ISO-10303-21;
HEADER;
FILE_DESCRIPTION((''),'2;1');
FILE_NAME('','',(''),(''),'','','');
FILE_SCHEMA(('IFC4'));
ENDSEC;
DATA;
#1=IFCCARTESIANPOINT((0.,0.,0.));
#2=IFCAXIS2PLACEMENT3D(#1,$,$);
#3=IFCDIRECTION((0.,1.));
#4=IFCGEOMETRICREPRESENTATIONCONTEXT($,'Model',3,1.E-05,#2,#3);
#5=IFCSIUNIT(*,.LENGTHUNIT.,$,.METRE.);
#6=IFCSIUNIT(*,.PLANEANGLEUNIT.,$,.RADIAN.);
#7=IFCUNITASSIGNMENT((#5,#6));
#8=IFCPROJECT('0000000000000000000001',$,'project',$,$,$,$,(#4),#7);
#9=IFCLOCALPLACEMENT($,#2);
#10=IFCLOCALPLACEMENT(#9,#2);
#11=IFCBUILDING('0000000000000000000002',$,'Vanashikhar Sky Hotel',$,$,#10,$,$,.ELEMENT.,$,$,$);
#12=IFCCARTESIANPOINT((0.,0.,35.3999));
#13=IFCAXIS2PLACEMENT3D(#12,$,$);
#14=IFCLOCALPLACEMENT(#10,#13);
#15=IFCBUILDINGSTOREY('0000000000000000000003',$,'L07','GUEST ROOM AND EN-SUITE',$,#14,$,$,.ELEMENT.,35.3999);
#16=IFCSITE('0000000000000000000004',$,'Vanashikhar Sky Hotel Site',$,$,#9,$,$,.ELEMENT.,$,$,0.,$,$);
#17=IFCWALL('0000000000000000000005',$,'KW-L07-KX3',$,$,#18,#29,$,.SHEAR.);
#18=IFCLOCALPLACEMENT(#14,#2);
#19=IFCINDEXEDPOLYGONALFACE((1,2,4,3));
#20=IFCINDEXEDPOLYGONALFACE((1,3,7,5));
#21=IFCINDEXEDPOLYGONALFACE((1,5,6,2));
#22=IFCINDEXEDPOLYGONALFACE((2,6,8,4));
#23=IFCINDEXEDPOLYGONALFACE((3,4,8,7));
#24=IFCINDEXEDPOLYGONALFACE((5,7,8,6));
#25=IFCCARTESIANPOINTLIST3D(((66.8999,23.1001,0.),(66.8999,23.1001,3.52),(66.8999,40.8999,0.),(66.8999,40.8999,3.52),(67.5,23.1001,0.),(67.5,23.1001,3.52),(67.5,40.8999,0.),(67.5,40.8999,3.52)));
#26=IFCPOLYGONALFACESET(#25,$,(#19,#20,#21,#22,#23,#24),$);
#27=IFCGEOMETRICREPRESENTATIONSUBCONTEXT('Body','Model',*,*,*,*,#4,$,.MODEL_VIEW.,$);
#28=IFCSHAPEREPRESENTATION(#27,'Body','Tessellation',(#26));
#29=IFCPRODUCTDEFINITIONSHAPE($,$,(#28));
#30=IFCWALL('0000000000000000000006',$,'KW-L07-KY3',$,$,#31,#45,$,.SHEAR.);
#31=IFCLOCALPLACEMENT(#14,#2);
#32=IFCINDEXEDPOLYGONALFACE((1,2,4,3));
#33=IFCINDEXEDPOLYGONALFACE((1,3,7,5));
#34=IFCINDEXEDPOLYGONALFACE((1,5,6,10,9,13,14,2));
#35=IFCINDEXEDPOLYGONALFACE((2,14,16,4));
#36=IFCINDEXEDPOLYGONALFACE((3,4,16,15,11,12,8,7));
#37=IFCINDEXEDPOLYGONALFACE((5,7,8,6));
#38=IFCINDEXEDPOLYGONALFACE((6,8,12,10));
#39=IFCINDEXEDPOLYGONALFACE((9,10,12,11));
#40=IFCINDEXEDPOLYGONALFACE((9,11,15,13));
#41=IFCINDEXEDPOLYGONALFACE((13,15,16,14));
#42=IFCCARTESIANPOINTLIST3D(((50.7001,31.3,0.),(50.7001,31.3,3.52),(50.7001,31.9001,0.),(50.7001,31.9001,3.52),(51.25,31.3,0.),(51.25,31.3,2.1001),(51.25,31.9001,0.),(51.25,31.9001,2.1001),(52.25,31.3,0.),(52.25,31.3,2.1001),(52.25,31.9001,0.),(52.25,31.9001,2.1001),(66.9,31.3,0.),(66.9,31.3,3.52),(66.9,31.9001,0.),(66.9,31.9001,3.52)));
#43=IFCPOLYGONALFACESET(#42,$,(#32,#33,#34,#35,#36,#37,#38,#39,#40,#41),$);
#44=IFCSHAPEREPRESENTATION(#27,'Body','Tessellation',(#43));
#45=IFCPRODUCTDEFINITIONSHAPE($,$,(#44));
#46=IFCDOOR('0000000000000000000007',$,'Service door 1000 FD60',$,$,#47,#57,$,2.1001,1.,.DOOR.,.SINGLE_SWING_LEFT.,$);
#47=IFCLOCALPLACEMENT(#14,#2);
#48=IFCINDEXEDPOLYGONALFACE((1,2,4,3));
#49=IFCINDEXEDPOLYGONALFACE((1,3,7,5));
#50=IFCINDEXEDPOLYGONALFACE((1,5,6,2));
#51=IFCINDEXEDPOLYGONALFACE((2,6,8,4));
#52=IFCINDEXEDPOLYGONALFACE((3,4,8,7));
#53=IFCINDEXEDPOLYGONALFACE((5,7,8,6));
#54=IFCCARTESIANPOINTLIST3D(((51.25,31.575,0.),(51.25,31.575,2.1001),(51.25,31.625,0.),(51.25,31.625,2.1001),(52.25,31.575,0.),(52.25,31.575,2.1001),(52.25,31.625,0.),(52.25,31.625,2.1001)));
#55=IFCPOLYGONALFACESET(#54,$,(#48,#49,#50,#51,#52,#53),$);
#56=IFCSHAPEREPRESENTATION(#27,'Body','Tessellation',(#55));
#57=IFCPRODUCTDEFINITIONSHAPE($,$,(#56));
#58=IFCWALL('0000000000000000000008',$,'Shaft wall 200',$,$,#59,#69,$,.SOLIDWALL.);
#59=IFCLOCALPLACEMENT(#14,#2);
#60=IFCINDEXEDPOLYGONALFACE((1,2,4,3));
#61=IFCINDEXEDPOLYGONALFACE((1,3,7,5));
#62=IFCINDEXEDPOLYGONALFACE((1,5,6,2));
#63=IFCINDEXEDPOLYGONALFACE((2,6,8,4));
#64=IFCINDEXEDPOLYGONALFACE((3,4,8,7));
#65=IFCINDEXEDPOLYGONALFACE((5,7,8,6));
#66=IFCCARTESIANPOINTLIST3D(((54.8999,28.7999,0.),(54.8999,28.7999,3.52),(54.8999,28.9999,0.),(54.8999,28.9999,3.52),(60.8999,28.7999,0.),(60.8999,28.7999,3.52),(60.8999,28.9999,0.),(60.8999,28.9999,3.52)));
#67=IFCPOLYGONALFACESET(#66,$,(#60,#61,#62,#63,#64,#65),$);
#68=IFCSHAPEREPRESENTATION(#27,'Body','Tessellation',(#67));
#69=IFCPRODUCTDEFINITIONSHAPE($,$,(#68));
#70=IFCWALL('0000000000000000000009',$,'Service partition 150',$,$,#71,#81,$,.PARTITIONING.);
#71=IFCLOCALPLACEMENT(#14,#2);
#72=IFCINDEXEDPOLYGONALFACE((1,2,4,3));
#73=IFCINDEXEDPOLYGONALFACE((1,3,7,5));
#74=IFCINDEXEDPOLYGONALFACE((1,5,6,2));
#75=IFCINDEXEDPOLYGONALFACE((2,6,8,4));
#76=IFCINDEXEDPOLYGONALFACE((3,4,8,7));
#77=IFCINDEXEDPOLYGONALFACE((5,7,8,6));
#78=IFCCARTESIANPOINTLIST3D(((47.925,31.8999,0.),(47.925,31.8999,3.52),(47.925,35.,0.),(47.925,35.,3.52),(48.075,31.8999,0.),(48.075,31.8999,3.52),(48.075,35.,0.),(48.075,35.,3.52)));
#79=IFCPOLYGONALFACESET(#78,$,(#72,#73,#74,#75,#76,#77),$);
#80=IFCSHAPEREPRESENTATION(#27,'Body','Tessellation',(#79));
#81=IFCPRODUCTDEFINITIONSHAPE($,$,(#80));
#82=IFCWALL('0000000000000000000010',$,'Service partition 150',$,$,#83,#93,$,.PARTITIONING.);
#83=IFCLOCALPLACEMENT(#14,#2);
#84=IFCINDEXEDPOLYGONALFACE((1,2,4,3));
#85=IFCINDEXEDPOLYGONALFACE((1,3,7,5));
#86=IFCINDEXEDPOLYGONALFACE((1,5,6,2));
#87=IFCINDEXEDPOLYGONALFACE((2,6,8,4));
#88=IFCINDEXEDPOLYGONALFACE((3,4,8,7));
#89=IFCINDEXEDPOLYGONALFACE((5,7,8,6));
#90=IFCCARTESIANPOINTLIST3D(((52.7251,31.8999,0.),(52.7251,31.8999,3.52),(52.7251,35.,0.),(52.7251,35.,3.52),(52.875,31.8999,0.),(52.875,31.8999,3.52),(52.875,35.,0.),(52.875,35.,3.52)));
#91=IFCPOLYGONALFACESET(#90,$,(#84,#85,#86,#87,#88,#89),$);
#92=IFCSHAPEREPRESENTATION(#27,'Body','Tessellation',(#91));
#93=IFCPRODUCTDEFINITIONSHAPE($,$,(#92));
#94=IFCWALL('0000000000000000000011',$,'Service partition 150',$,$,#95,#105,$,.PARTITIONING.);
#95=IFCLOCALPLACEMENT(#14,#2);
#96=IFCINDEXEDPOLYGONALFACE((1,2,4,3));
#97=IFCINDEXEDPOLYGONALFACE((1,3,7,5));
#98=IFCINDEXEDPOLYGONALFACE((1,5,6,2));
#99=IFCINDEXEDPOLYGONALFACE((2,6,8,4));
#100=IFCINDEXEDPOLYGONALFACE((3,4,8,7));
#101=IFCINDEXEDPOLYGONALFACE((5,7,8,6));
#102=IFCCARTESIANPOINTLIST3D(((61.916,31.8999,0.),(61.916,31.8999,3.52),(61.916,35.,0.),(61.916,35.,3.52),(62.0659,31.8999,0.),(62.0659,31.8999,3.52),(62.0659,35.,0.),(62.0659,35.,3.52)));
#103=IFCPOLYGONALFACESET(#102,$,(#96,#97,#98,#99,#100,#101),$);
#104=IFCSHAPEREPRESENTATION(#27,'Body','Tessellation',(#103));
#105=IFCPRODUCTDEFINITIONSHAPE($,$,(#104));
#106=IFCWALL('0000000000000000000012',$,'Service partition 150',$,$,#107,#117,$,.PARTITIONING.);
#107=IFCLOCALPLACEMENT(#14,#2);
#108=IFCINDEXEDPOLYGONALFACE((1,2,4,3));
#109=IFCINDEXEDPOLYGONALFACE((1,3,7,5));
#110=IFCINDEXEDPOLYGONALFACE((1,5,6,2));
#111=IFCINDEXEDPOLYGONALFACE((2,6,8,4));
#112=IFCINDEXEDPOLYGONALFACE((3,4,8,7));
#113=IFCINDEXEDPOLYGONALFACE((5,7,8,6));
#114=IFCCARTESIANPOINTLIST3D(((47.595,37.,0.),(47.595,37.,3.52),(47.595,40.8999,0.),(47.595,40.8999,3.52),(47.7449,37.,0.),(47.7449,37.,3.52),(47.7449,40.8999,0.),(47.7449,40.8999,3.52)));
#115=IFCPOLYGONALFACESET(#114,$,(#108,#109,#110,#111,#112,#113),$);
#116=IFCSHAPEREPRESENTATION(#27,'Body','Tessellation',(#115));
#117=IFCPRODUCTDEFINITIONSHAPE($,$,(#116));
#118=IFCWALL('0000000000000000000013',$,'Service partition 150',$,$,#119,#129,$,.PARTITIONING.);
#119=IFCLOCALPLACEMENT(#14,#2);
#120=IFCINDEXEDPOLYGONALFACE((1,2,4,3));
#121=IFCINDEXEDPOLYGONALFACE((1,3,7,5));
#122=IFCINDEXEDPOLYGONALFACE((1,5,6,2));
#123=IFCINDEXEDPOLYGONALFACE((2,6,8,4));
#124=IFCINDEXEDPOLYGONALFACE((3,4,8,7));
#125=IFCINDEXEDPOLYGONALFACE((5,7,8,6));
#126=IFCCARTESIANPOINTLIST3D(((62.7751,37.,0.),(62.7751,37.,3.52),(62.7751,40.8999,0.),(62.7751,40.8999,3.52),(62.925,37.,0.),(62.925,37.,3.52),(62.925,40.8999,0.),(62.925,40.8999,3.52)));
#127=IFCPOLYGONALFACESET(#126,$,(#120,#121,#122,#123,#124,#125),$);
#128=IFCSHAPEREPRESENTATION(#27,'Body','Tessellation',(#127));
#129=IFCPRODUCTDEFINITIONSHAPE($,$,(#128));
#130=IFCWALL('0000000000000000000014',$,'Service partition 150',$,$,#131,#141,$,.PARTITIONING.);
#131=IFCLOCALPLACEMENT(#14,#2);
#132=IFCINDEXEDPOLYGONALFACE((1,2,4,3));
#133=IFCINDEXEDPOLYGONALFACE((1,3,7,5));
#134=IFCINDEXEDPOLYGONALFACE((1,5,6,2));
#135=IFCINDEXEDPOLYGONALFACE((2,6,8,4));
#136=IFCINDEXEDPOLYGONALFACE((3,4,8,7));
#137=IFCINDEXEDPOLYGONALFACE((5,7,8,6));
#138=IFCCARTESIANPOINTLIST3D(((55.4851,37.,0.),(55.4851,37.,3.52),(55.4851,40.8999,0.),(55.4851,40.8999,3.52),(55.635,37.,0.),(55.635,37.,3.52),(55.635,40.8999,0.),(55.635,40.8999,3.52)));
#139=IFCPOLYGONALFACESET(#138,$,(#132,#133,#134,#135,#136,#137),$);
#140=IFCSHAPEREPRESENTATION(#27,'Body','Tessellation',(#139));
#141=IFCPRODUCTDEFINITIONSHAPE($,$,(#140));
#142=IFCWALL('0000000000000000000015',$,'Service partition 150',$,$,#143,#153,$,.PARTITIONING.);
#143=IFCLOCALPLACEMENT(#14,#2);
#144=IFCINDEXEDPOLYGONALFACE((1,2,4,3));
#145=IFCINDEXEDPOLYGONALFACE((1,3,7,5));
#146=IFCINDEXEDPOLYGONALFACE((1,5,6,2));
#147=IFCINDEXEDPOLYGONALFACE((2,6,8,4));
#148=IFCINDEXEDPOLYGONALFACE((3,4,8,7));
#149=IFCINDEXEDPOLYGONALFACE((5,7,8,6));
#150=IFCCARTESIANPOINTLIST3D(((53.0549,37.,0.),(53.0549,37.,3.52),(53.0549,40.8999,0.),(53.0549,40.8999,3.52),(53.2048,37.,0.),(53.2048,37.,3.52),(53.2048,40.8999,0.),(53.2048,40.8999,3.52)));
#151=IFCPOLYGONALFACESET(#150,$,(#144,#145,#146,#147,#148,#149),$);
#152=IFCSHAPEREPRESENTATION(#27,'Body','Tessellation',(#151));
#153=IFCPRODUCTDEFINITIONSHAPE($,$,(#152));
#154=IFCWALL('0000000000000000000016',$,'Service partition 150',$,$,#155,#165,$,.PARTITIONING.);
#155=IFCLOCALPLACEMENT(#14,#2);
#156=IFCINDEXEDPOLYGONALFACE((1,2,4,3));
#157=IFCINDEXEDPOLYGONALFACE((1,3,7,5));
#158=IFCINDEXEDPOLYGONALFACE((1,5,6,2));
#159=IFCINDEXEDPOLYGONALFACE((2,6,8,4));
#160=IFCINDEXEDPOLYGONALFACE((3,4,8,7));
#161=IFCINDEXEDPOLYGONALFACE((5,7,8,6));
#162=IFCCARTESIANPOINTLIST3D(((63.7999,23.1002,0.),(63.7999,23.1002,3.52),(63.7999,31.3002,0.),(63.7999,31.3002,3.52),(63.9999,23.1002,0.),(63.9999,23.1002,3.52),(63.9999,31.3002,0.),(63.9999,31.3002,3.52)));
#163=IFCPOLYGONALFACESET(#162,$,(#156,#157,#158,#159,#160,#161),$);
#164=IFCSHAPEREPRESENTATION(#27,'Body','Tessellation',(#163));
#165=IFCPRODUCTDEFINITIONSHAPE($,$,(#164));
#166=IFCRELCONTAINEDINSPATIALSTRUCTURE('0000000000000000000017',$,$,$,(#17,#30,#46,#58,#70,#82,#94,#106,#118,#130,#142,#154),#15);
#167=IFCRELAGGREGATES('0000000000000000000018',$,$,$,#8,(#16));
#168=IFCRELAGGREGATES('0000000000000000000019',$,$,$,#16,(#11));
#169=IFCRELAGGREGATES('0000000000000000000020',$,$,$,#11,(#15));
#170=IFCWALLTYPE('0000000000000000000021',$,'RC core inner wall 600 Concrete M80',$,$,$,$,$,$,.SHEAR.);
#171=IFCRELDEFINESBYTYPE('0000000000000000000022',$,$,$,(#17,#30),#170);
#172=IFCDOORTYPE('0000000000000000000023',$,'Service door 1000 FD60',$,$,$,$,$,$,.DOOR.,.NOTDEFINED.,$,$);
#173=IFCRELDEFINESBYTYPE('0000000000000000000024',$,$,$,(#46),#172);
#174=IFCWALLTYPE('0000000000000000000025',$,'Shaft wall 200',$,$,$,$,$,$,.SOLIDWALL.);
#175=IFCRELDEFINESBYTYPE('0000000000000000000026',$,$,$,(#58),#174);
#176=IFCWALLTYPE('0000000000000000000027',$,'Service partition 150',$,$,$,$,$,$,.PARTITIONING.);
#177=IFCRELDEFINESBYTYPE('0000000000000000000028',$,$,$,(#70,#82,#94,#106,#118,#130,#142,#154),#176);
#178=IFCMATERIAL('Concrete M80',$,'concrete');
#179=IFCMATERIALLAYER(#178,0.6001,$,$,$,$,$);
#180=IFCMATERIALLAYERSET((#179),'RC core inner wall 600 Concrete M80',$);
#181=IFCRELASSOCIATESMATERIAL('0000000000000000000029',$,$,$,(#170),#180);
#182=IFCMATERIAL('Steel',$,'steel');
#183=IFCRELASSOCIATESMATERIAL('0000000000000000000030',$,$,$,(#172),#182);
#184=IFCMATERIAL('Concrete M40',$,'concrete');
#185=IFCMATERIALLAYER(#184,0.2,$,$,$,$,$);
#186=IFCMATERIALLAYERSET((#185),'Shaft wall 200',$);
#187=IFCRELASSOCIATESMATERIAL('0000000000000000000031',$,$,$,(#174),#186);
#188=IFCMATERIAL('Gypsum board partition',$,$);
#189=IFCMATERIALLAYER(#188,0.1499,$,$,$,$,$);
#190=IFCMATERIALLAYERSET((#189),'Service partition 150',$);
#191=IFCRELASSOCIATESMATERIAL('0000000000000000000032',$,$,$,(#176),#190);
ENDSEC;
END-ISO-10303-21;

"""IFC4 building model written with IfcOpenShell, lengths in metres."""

from ifc_helpers import new_model, si_unit, direction, frame, frame_2d, origin, place, context, subcontext, project, spatial, rectangle, extrude, source, transform, mapped, material, layer, layer_set, type_object, element, fill, save


model = new_model("IFC4")

# Units and contexts
model_context = context("Model", 3, precision=1e-05, world=origin(), true_north=direction((0.0, 1.0)))
body_context = subcontext(model_context, "Body", "Model", "MODEL_VIEW")
ifc_project = project(units=[si_unit("LENGTHUNIT", "METRE"), si_unit("PLANEANGLEUNIT", "RADIAN")], contexts=[model_context])

# Site, building, storey
site_placement = place(None, origin())
site = spatial("IfcSite", under=ifc_project, at=site_placement, Name="Vanashikhar Sky Hotel Site", CompositionType="ELEMENT", RefElevation=0.0)
building_placement = place(site_placement, origin())
building = spatial("IfcBuilding", under=site, at=building_placement, Name="Vanashikhar Sky Hotel", CompositionType="ELEMENT")
storey_placement = place(building_placement, frame((0.0, 0.0, 35.3999)))
storey = spatial("IfcBuildingStorey", under=building, at=storey_placement, Name="L07", Description="GUEST ROOM AND EN-SUITE", CompositionType="ELEMENT", Elevation=35.3999)

# Wall
ifc_material_1 = material(Name="Concrete M80", Category="concrete")
ifc_layer_1 = layer(ifc_material_1, 0.6001)
ifc_layer_set_1 = layer_set([ifc_layer_1], Name="RC core inner wall 600 Concrete M80")
wall_type_1 = type_object("IfcWallType", Name="RC core inner wall 600 Concrete M80", PredefinedType="SHEAR", material=ifc_layer_set_1)
shared_shape_1 = source(origin(), body_context, "Body", "SweptSolid", [
    extrude(rectangle(XDim=17.7998, YDim=0.6001, at=frame_2d((8.8999, 0.0))), origin(), (0.0, 0.0, 1.0), 3.52),
])
wall_1_placement = place(storey_placement, frame((67.2, 23.1001, 0.0), z_axis=(0.0, 0.0, 1.0), x_axis=(0.0, 1.0, 0.0)))
element("IfcWall", 1, at=wall_1_placement, inside=storey, type_object=wall_type_1, Name="KW-L07-KX3", PredefinedType="SHEAR", context=body_context, shape_type="MappedRepresentation", body=[
    mapped(shared_shape_1, transform((0.0, 0.0, 0.0), scale=1.0)),
])

# Wall, opening, door
shared_shape_2 = source(origin(), body_context, "Body", "SweptSolid", [
    extrude(rectangle(XDim=16.2, YDim=0.6001, at=frame_2d((8.1001, 0.0))), origin(), (0.0, 0.0, 1.0), 3.52),
])
wall_2_placement = place(storey_placement, frame((50.7, 31.6001, 0.0), z_axis=(0.0, 0.0, 1.0), x_axis=(1.0, 0.0, 0.0)))
wall_2 = element("IfcWall", 2, at=wall_2_placement, inside=storey, type_object=wall_type_1, Name="KW-L07-KY3", PredefinedType="SHEAR", context=body_context, shape_type="MappedRepresentation", body=[
    mapped(shared_shape_2, transform((0.0, 0.0, 0.0), scale=1.0)),
])
shared_shape_3 = source(origin(), body_context, "Body", "SweptSolid", [
    extrude(rectangle(XDim=1.0, YDim=2.1001, at=frame_2d((0.5, 1.05))), frame((0.0, 0.3101, 0.0), z_axis=(0.0, -1.0, 0.0), x_axis=(1.0, 0.0, 0.0)), (0.0, 0.0, 1.0), 0.6201),
])
opening_1_placement = place(wall_2_placement, frame((0.55, 0.0, 0.0)))
opening_1 = element("IfcOpeningElement", 3, at=opening_1_placement, cuts=wall_2, PredefinedType="OPENING", context=body_context, shape_type="MappedRepresentation", body=[
    mapped(shared_shape_3, transform((0.0, 0.0, 0.0), scale=1.0)),
])
ifc_material_2 = material(Name="Steel", Category="steel")
door_type_1 = type_object("IfcDoorType", Name="Service door 1000 FD60", OperationType="NOTDEFINED", PredefinedType="DOOR", material=ifc_material_2)
shared_shape_4 = source(origin(), body_context, "Body", "SweptSolid", [
    extrude(rectangle(XDim=1.0, YDim=2.1001, at=frame_2d((0.5, 1.05))), frame((0.0, 0.0249, 0.0), z_axis=(0.0, -1.0, 0.0), x_axis=(1.0, 0.0, 0.0)), (0.0, 0.0, 1.0), 0.05),
])
door_1_placement = place(opening_1_placement, origin())
door_1 = element("IfcDoor", 4, at=door_1_placement, inside=storey, type_object=door_type_1, Name="Service door 1000 FD60", OperationType="SINGLE_SWING_LEFT", OverallHeight=2.1001, OverallWidth=1.0, PredefinedType="DOOR", context=body_context, shape_type="MappedRepresentation", body=[
    mapped(shared_shape_4, transform((0.0, 0.0, 0.0), scale=1.0)),
])
fill(opening_1, door_1)

# Walls
ifc_material_3 = material(Name="Concrete M40", Category="concrete")
ifc_layer_2 = layer(ifc_material_3, 0.2)
ifc_layer_set_2 = layer_set([ifc_layer_2], Name="Shaft wall 200")
wall_type_2 = type_object("IfcWallType", Name="Shaft wall 200", PredefinedType="SOLIDWALL", material=ifc_layer_set_2)
shared_shape_5 = source(origin(), body_context, "Body", "SweptSolid", [
    extrude(rectangle(XDim=6.0, YDim=0.2, at=frame_2d((3.0, 0.0))), origin(), (0.0, 0.0, 1.0), 3.52),
])
wall_3_placement = place(storey_placement, frame((60.8999, 28.8999, 0.0), z_axis=(0.0, 0.0, 1.0), x_axis=(-1.0, 0.0, 0.0)))
element("IfcWall", 5, at=wall_3_placement, inside=storey, type_object=wall_type_2, Name="Shaft wall 200", PredefinedType="SOLIDWALL", context=body_context, shape_type="MappedRepresentation", body=[
    mapped(shared_shape_5, transform((0.0, 0.0, 0.0), scale=1.0)),
])
ifc_material_4 = material(Name="Gypsum board partition")
ifc_layer_3 = layer(ifc_material_4, 0.1499)
ifc_layer_set_3 = layer_set([ifc_layer_3], Name="Service partition 150")
wall_type_3 = type_object("IfcWallType", Name="Service partition 150", PredefinedType="PARTITIONING", material=ifc_layer_set_3)
shared_shape_6 = source(origin(), body_context, "Body", "SweptSolid", [
    extrude(rectangle(XDim=3.1001, YDim=0.1499, at=frame_2d((1.55, 0.0))), origin(), (0.0, 0.0, 1.0), 3.52),
])
for number, where, z_axis, x_axis, name in (
    (6, (48.0, 31.8999, 0.0), (0.0, 0.0, 1.0), (0.0, 1.0, 0.0), "Service partition 150"),
    (7, (52.8, 31.8999, 0.0), (0.0, 0.0, 1.0), (0.0, 1.0, 0.0), "Service partition 150"),
    (8, (61.991, 31.8999, 0.0), (0.0, 0.0, 1.0), (0.0, 1.0, 0.0), "Service partition 150"),
):
    element("IfcWall", number, at=place(storey_placement, frame(where, z_axis=z_axis, x_axis=x_axis)), inside=storey, type_object=wall_type_3, Name=name, PredefinedType="PARTITIONING", context=body_context, shape_type="MappedRepresentation", body=[
        mapped(shared_shape_6, transform((0.0, 0.0, 0.0), scale=1.0)),
    ])
shared_shape_7 = source(origin(), body_context, "Body", "SweptSolid", [
    extrude(rectangle(XDim=3.8999, YDim=0.1499, at=frame_2d((1.95, 0.0))), origin(), (0.0, 0.0, 1.0), 3.52),
])
for number, where, z_axis, x_axis, name in (
    (9, (47.6699, 37.0, 0.0), (0.0, 0.0, 1.0), (0.0, 1.0, 0.0), "Service partition 150"),
    (10, (62.8501, 37.0, 0.0), (0.0, 0.0, 1.0), (0.0, 1.0, 0.0), "Service partition 150"),
    (11, (55.5601, 37.0, 0.0), (0.0, 0.0, 1.0), (0.0, 1.0, 0.0), "Service partition 150"),
    (12, (53.1299, 37.0, 0.0), (0.0, 0.0, 1.0), (0.0, 1.0, 0.0), "Service partition 150"),
):
    element("IfcWall", number, at=place(storey_placement, frame(where, z_axis=z_axis, x_axis=x_axis)), inside=storey, type_object=wall_type_3, Name=name, PredefinedType="PARTITIONING", context=body_context, shape_type="MappedRepresentation", body=[
        mapped(shared_shape_7, transform((0.0, 0.0, 0.0), scale=1.0)),
    ])
shared_shape_8 = source(origin(), body_context, "Body", "SweptSolid", [
    extrude(rectangle(XDim=8.2, YDim=0.2, at=frame_2d((4.1001, 0.0))), origin(), (0.0, 0.0, 1.0), 3.52),
])
wall_4_placement = place(storey_placement, frame((63.8999, 23.1001, 0.0), z_axis=(0.0, 0.0, 1.0), x_axis=(0.0, 1.0, 0.0)))
element("IfcWall", 13, at=wall_4_placement, inside=storey, type_object=wall_type_3, Name="Service partition 150", PredefinedType="PARTITIONING", context=body_context, shape_type="MappedRepresentation", body=[
    mapped(shared_shape_8, transform((0.0, 0.0, 0.0), scale=1.0)),
])

save(model, "model.ifc")
